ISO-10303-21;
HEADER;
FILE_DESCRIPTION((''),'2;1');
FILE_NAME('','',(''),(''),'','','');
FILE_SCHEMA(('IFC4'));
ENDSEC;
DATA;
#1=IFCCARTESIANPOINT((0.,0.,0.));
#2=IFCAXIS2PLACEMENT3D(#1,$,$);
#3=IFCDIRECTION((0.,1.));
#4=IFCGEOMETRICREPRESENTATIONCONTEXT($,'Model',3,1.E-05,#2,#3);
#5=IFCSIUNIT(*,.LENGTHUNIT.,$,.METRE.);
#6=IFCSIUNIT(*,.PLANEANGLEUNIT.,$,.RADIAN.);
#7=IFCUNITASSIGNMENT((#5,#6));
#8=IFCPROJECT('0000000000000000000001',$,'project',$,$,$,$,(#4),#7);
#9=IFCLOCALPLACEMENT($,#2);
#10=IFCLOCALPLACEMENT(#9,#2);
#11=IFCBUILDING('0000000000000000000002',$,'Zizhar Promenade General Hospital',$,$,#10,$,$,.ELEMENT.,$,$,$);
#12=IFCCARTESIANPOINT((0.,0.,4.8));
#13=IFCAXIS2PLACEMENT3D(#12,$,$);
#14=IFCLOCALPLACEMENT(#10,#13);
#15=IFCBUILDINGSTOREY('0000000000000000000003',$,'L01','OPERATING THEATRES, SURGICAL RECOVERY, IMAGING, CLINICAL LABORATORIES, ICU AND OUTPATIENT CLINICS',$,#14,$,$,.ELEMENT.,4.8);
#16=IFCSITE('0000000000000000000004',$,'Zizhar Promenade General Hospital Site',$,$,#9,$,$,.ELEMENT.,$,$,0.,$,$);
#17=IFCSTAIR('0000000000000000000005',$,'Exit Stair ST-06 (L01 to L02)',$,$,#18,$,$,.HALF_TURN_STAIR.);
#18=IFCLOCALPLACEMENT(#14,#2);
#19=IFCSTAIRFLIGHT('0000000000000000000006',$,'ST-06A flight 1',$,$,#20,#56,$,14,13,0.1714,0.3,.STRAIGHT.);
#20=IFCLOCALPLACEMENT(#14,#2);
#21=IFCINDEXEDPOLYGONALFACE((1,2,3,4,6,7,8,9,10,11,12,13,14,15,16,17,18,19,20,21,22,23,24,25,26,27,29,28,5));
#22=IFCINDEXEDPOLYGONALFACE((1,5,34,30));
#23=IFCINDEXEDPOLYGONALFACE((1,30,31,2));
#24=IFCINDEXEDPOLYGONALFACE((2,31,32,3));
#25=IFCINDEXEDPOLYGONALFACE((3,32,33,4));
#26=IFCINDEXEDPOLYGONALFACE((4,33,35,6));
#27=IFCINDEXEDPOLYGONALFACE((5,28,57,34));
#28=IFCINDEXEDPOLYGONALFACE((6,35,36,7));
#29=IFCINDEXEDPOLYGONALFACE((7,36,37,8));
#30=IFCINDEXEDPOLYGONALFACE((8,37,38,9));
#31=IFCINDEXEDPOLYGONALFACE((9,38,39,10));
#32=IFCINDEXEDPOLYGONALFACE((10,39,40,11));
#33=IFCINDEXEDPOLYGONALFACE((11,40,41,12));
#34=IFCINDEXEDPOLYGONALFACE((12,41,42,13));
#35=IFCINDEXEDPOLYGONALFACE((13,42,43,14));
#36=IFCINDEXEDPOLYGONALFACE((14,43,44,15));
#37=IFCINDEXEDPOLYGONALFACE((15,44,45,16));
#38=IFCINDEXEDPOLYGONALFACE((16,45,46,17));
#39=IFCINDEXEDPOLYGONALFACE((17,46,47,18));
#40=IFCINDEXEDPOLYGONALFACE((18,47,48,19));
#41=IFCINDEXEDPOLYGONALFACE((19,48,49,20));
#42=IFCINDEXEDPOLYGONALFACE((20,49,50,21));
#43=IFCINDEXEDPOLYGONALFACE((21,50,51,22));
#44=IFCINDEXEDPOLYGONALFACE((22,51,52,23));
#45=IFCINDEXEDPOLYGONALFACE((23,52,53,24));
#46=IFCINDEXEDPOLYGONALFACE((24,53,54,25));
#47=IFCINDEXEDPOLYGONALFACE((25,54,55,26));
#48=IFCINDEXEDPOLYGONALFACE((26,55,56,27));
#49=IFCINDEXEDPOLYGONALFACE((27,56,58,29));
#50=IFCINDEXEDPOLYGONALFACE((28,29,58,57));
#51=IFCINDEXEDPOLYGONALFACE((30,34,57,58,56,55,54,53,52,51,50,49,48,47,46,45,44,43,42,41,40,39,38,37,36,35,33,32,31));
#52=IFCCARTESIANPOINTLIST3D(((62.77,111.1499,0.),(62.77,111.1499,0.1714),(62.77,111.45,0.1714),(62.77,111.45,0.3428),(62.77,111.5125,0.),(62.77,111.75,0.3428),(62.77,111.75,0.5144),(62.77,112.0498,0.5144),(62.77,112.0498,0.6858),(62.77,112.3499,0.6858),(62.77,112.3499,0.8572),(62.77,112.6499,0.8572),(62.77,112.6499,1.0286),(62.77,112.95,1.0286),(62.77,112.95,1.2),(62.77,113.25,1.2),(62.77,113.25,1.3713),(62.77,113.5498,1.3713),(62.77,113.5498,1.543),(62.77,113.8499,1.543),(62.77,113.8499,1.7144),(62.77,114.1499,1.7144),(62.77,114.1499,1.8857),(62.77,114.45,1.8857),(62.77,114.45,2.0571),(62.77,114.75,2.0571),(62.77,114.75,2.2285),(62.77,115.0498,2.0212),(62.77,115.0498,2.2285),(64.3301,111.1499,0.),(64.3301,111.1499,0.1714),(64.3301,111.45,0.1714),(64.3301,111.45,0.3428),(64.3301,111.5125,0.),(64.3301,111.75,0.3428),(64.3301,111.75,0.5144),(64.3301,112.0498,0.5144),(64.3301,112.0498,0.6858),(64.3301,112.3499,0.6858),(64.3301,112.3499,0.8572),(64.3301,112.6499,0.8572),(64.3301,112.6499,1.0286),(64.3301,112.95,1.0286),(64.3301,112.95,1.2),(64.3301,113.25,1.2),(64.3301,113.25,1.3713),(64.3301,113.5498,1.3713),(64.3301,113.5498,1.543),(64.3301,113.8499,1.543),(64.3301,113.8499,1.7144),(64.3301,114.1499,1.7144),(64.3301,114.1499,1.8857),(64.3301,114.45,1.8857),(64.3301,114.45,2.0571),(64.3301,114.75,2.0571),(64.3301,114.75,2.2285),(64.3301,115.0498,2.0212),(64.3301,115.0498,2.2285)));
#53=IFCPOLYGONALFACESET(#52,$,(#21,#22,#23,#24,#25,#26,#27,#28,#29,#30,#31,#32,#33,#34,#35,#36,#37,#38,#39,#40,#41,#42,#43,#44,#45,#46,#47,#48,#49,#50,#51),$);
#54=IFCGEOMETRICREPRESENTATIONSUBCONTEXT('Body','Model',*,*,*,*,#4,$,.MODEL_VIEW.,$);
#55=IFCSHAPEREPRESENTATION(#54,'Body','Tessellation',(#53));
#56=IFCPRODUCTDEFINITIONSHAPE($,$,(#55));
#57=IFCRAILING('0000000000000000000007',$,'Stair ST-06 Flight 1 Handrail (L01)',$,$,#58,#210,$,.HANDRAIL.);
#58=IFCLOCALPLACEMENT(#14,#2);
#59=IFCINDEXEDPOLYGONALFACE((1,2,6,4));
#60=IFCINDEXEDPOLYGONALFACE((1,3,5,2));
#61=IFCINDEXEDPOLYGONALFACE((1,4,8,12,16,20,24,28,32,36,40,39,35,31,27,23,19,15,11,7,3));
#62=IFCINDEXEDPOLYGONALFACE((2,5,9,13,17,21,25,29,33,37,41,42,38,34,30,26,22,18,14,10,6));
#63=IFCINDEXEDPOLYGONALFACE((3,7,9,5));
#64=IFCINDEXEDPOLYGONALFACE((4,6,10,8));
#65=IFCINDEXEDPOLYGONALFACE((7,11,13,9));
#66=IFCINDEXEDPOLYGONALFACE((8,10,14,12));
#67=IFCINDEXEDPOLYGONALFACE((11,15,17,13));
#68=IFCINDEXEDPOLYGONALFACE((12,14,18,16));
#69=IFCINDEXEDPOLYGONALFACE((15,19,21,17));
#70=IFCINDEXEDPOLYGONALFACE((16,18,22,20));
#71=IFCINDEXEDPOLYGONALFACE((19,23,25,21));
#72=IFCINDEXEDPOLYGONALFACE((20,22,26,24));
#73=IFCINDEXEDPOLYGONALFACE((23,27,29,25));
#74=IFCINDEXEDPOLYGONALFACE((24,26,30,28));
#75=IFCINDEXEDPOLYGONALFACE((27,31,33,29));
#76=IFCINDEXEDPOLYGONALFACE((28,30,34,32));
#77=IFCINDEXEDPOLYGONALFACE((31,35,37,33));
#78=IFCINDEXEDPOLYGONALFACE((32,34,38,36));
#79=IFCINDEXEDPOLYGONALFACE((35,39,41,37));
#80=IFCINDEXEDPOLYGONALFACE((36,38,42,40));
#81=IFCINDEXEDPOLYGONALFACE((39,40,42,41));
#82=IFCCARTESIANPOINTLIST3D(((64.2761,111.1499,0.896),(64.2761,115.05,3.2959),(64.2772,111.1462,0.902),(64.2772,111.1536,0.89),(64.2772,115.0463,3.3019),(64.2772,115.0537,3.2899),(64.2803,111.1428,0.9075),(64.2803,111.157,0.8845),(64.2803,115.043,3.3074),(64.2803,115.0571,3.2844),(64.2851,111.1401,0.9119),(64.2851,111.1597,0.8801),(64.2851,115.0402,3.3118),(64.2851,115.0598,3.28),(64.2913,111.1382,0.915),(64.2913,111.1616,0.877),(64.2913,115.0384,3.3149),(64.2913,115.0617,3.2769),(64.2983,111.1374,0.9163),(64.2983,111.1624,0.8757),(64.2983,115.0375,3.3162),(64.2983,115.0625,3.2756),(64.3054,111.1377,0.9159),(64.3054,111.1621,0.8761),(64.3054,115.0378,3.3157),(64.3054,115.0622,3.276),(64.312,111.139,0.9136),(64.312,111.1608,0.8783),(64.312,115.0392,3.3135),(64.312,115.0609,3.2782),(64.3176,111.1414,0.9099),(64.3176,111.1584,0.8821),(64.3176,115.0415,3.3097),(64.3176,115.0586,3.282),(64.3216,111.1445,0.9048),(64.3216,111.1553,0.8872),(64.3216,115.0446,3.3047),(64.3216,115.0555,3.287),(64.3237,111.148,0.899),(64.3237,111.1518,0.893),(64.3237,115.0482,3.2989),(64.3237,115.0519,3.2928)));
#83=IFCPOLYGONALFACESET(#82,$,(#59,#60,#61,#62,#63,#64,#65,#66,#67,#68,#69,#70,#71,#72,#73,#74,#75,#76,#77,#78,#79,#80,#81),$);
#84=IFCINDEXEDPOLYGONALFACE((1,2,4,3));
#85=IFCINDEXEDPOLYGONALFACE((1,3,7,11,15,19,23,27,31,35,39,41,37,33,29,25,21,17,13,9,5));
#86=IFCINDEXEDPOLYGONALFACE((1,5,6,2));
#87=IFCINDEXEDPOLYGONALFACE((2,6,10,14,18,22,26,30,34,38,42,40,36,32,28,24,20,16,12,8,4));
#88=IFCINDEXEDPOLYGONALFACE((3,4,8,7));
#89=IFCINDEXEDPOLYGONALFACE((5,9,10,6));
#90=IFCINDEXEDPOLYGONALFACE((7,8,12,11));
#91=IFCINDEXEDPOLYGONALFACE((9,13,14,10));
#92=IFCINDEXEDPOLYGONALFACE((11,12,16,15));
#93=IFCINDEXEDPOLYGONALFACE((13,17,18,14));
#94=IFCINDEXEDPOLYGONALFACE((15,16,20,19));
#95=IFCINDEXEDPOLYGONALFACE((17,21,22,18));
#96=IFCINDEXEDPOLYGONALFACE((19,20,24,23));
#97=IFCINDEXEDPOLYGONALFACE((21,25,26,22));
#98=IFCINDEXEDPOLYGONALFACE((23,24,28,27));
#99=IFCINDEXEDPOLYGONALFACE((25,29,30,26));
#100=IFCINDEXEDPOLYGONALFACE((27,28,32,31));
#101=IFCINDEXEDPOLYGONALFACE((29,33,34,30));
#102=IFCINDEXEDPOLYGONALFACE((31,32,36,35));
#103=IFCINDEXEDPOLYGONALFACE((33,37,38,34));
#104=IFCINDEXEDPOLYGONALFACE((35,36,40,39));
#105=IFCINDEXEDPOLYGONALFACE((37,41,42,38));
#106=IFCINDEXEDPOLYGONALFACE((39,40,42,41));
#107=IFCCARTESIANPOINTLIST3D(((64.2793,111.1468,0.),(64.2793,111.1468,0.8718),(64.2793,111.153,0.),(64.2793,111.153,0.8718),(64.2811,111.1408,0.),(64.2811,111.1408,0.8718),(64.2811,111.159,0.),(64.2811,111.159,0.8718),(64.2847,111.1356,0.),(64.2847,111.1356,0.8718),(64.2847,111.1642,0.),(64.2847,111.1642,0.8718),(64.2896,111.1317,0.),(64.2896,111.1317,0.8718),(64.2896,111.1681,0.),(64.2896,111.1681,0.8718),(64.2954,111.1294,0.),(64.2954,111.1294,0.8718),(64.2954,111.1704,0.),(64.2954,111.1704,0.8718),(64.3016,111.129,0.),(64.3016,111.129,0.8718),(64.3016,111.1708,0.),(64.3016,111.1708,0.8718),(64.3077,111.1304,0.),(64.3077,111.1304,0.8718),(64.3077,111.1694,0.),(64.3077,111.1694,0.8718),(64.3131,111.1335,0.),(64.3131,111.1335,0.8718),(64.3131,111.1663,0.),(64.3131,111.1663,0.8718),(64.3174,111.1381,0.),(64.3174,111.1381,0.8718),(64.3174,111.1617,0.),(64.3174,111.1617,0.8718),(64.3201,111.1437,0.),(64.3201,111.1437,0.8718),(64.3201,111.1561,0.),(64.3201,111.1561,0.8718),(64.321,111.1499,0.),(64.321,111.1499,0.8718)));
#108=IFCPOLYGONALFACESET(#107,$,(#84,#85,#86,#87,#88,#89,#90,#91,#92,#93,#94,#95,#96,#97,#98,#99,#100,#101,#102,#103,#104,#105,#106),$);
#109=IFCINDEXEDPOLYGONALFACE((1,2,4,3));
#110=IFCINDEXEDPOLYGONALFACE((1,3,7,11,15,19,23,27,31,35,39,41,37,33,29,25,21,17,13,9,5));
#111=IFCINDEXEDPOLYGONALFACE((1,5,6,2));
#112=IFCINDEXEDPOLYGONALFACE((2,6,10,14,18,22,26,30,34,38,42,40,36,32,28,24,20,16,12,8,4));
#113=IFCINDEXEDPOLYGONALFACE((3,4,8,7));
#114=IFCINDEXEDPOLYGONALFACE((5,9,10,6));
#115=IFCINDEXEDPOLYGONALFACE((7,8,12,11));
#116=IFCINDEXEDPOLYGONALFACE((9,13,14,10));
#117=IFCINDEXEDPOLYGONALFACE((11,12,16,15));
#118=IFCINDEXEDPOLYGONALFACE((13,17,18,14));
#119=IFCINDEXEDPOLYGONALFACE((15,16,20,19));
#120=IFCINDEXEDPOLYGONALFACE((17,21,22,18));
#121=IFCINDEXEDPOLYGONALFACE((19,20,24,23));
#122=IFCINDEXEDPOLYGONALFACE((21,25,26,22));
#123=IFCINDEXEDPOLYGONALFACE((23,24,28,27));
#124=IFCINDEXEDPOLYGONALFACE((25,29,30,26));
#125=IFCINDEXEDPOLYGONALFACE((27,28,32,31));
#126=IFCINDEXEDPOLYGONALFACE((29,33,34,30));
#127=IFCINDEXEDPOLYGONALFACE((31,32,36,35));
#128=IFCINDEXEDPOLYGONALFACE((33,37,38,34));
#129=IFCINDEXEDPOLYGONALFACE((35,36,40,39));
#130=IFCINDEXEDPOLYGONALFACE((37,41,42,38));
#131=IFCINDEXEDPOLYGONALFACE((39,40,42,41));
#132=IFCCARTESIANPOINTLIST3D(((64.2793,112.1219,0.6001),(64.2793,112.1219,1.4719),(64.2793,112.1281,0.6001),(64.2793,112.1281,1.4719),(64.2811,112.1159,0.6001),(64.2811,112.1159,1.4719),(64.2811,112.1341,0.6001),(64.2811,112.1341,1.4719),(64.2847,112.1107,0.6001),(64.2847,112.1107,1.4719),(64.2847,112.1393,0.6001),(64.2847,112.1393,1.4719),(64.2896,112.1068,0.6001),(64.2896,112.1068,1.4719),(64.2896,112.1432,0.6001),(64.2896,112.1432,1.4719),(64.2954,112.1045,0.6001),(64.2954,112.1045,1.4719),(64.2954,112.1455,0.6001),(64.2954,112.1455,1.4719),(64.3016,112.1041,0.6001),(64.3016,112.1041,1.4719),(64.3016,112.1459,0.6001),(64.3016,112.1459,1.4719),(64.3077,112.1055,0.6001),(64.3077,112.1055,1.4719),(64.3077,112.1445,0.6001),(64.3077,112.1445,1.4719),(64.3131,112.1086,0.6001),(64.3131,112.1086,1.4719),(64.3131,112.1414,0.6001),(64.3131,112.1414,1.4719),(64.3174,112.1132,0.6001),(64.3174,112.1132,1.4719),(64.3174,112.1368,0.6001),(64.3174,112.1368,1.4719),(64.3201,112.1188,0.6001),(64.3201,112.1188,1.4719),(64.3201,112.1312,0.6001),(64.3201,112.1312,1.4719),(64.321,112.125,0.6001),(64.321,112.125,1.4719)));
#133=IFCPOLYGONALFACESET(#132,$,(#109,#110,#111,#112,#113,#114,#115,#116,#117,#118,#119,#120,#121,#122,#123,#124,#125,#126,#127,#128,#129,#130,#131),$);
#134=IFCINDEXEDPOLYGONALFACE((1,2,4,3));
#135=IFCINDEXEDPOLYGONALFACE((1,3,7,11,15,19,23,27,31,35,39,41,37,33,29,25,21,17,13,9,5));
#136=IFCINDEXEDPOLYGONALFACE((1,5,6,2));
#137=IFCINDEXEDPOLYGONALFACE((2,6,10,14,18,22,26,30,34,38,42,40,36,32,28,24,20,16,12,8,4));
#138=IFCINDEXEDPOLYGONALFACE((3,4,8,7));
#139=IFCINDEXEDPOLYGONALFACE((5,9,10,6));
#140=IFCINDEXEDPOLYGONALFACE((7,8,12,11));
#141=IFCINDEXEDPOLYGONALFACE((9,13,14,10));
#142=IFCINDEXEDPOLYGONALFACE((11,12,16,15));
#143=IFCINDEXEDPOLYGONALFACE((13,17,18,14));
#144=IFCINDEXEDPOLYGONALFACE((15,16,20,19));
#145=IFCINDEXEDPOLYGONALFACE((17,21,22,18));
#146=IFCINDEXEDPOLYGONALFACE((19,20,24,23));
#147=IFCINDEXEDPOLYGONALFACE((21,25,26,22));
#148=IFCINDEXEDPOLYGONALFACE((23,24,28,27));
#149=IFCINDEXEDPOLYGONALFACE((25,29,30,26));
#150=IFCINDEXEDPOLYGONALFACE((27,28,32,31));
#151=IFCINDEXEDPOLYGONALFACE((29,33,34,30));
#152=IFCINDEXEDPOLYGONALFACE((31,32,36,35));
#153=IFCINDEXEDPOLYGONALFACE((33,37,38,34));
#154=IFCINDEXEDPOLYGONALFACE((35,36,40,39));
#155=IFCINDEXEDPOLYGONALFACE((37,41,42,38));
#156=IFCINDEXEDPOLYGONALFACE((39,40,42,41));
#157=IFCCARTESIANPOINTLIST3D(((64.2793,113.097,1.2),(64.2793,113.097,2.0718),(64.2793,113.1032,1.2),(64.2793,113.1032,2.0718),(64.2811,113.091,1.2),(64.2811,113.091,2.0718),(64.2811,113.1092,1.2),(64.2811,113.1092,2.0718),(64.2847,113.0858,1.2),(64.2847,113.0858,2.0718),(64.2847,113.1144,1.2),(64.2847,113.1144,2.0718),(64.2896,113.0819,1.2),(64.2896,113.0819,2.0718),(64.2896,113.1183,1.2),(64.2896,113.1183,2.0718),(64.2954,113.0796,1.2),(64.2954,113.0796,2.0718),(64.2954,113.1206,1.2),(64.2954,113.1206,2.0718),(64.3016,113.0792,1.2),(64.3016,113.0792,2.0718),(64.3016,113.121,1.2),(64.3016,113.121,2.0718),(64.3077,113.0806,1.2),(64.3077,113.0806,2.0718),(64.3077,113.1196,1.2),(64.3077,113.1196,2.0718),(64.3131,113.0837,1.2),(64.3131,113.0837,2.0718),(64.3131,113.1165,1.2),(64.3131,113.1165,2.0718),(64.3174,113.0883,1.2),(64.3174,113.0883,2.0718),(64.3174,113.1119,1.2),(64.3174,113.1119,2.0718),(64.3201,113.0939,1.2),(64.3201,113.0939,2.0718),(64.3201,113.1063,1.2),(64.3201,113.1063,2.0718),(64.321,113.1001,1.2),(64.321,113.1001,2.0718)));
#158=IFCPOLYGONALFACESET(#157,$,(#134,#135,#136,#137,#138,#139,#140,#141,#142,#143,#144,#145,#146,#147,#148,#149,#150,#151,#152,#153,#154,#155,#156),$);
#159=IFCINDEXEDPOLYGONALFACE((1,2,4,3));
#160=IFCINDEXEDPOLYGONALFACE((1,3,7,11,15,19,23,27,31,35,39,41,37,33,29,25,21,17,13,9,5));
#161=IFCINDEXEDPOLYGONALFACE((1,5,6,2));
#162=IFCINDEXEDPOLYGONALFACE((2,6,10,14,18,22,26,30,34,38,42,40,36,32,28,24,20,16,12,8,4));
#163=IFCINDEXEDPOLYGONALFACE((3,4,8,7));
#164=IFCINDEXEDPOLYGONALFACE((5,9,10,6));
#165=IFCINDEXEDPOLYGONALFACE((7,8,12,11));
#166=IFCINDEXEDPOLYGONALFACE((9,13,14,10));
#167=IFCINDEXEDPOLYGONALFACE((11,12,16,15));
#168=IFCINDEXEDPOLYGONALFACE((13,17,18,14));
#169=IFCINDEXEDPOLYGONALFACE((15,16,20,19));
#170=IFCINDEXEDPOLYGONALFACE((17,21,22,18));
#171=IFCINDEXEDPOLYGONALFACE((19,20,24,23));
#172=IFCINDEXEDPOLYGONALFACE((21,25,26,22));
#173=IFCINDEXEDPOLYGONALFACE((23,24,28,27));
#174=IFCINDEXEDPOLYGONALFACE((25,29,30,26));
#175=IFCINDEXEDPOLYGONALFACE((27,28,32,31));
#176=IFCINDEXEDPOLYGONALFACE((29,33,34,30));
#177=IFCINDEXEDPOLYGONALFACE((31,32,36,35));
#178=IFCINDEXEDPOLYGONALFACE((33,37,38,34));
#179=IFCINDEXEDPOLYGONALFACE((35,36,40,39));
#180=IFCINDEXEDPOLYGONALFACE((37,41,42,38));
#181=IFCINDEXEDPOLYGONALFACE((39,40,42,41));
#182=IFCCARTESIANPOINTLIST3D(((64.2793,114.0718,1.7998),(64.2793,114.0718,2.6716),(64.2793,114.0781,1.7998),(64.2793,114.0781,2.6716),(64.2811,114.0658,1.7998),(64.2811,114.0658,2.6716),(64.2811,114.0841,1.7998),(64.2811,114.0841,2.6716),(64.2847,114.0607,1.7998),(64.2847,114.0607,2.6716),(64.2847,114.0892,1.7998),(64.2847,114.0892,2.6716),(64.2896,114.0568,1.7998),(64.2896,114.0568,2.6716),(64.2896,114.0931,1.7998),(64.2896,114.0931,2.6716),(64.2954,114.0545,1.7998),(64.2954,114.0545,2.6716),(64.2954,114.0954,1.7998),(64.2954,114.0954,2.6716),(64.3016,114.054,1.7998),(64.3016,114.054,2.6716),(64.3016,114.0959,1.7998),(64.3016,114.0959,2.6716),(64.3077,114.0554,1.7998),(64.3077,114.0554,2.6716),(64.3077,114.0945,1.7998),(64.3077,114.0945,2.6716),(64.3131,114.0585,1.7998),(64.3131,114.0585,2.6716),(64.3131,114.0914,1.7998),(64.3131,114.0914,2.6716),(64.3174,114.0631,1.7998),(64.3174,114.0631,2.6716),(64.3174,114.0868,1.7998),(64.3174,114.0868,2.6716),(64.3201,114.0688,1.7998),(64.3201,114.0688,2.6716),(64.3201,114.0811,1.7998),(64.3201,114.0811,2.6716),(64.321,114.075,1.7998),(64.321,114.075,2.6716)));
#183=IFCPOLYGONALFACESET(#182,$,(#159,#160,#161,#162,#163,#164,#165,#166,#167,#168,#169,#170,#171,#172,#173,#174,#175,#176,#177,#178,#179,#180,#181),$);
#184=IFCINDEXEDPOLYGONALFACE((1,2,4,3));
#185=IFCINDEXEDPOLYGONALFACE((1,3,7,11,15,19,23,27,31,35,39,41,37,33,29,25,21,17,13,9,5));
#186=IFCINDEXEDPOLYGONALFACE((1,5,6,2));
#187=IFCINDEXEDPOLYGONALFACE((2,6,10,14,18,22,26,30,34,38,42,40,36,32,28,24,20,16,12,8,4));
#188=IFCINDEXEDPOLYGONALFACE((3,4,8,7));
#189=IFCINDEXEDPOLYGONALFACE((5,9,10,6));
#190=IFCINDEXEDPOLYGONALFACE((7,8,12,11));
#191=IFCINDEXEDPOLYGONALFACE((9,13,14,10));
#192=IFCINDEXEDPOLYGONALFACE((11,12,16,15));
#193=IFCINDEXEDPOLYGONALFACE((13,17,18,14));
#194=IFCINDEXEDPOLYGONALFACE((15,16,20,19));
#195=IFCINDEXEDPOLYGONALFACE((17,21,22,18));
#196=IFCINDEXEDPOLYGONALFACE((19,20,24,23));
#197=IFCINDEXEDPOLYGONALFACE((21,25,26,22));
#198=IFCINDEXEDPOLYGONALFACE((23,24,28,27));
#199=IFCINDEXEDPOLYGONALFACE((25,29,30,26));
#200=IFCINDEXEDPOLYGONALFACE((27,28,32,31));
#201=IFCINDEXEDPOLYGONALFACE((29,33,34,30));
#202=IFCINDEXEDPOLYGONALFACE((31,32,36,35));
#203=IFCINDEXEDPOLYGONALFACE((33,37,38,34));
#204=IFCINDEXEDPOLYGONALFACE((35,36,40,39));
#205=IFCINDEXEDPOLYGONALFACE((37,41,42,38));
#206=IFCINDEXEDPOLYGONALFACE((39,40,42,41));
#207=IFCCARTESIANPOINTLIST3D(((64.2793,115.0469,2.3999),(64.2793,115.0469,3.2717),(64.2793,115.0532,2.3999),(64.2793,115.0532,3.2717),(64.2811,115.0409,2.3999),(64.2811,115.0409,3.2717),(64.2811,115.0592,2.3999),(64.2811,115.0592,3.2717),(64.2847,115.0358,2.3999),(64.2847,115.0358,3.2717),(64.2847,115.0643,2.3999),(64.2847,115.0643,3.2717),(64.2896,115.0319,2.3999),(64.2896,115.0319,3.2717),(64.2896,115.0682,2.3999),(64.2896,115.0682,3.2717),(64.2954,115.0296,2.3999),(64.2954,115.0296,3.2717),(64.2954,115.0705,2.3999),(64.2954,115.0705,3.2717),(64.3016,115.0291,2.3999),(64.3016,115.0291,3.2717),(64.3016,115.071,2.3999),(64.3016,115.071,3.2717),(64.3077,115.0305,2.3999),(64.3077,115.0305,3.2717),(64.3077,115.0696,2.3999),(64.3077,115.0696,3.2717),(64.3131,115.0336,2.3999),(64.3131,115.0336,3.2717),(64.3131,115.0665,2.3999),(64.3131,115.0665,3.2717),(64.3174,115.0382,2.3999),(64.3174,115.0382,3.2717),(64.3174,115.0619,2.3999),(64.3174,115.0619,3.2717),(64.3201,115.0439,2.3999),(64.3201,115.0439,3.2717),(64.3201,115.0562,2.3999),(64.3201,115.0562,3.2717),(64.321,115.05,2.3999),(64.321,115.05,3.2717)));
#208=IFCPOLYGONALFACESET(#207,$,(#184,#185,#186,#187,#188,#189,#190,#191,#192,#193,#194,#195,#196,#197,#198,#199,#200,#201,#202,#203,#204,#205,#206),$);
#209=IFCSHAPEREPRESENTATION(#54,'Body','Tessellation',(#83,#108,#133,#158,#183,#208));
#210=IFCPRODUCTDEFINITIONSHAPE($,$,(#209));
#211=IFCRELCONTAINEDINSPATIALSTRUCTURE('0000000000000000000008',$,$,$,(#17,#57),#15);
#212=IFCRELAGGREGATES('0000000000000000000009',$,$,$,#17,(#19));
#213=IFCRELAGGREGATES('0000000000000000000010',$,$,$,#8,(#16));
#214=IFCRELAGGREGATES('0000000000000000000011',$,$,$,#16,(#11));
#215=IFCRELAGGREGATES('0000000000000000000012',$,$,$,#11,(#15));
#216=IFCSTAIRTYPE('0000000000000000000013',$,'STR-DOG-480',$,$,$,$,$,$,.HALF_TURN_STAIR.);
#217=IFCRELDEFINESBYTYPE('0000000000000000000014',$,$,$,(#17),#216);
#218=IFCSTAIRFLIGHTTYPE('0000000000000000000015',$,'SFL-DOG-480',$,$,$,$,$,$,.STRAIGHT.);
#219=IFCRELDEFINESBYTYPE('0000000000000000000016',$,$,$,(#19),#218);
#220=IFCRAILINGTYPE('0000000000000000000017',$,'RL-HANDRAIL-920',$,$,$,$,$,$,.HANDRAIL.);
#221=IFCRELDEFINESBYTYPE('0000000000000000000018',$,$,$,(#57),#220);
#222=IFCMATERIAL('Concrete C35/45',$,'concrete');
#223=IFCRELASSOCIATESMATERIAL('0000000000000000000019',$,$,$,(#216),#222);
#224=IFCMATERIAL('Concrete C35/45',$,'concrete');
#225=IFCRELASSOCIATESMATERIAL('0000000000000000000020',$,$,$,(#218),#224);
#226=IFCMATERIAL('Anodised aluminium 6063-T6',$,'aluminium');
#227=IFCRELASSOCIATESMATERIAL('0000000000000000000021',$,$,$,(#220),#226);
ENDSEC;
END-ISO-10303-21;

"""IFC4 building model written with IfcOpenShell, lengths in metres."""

from ifc_helpers import new_model, si_unit, direction, frame, origin, origin_2d, place, context, subcontext, project, spatial, polyline, circle, hollow_circle, outline, extrude, material, material_profile, profile_set, type_object, element, aggregate, save


model = new_model("IFC4")

# Units and contexts
model_context = context("Model", 3, precision=1e-05, world=origin(), true_north=direction((0.0, 1.0)))
body_context = subcontext(model_context, "Body", "Model", "MODEL_VIEW")
ifc_project = project(units=[si_unit("LENGTHUNIT", "METRE"), si_unit("PLANEANGLEUNIT", "RADIAN")], contexts=[model_context])

# Site, building, storey
site_placement = place(None, origin())
site = spatial("IfcSite", under=ifc_project, at=site_placement, Name="Zizhar Promenade General Hospital Site", CompositionType="ELEMENT", RefElevation=0.0)
building_placement = place(site_placement, origin())
building = spatial("IfcBuilding", under=site, at=building_placement, Name="Zizhar Promenade General Hospital", CompositionType="ELEMENT")
storey_placement = place(building_placement, frame((0.0, 0.0, 4.8)))
storey = spatial("IfcBuildingStorey", under=building, at=storey_placement, Name="L01", Description="OPERATING THEATRES, SURGICAL RECOVERY, IMAGING, CLINICAL LABORATORIES, ICU AND OUTPATIENT CLINICS", CompositionType="ELEMENT", Elevation=4.8)

# Stair, stair flight
ifc_material_1 = material(Name="Concrete C35/45", Category="concrete")
stair_type = type_object("IfcStairType", Name="STR-DOG-480", PredefinedType="HALF_TURN_STAIR", material=ifc_material_1)
stair_placement = place(storey_placement, origin())
stair = element("IfcStair", 1, at=stair_placement, inside=storey, type_object=stair_type, Name="Exit Stair ST-06 (L01 to L02)", PredefinedType="HALF_TURN_STAIR")
ifc_material_2 = material(Name="Concrete C35/45", Category="concrete")
stair_flight_type = type_object("IfcStairFlightType", Name="SFL-DOG-480", PredefinedType="STRAIGHT", material=ifc_material_2)
stair_flight_placement = place(storey_placement, frame((63.55, 111.1499, 0.0), z_axis=(0.0, 0.0, 1.0), x_axis=(0.0, 1.0, 0.0)))
stair_flight = element("IfcStairFlight", 2, at=stair_flight_placement, type_object=stair_flight_type, Name="ST-06A flight 1", NumberOfRisers=14, NumberOfTreads=13, PredefinedType="STRAIGHT", RiserHeight=0.1714, TreadLength=0.3, context=body_context, shape_type="SweptSolid", body=[
    extrude(outline(polyline([(0.0, 0.0), (0.0, 0.1714), (0.3, 0.1714), (0.3, 0.3428), (0.6001, 0.3428), (0.6001, 0.5144), (0.8999, 0.5144), (0.8999, 0.6858), (1.2, 0.6858), (1.2, 0.8572), (1.5, 0.8572), (1.5, 1.0286), (1.8, 1.0286), (1.8, 1.2), (2.1001, 1.2), (2.1001, 1.3713), (2.3999, 1.3713), (2.3999, 1.543), (2.7, 1.543), (2.7, 1.7144), (3.0, 1.7144), (3.0, 1.8857), (3.3, 1.8857), (3.3, 2.0571), (3.6001, 2.0571), (3.6001, 2.2285), (3.8999, 2.2285), (3.8999, 2.3999), (3.8999, 2.0212), (0.3625, 0.0), (0.0, 0.0)])), frame((0.0, 0.78, 0.0), z_axis=(0.0, -1.0, 0.0), x_axis=(1.0, 0.0, 0.0)), (0.0, 0.0, 1.0), 1.5601),
])
aggregate(stair, [stair_flight])

# Railing
ifc_material_3 = material(Name="Anodised aluminium 6063-T6", Category="aluminium")
ifc_material_profile_1 = material_profile(ifc_material_3, hollow_circle(Radius=0.0698, WallThickness=0.0063, at=origin_2d()))
ifc_profile_set_1 = profile_set([ifc_material_profile_1], Name="Anodised aluminium 6063-T6")
railing_type_1 = type_object("IfcRailingType", Name="RL-HANDRAIL-920", PredefinedType="HANDRAIL", material=ifc_profile_set_1)
railing_1_placement = place(storey_placement, frame((64.3, 111.1499, 0.0)))
element("IfcRailing", 3, at=railing_1_placement, inside=storey, type_object=railing_type_1, Name="Stair ST-06 Flight 1 Handrail (L01)", PredefinedType="HANDRAIL", context=body_context, shape_type="SweptSolid", body=[
    extrude(circle(Radius=0.0239, at=origin_2d()), frame((0.0, 0.0, 0.896), z_axis=(0.0, 0.851677, 0.524068), x_axis=(-1.0, 0.0, 0.0)), (0.0, 0.0, 1.0), 4.5793),
    extrude(circle(Radius=0.021, at=origin_2d()), origin(), (0.0, 0.0, 1.0), 0.8718),
    extrude(circle(Radius=0.021, at=origin_2d()), frame((0.0, 0.9751, 0.6001)), (0.0, 0.0, 1.0), 0.8718),
    extrude(circle(Radius=0.021, at=origin_2d()), frame((0.0, 1.9502, 1.2)), (0.0, 0.0, 1.0), 0.8718),
    extrude(circle(Radius=0.021, at=origin_2d()), frame((0.0, 2.925, 1.7998)), (0.0, 0.0, 1.0), 0.8718),
    extrude(circle(Radius=0.021, at=origin_2d()), frame((0.0, 3.9001, 2.3999)), (0.0, 0.0, 1.0), 0.8718),
])

save(model, "model.ifc")
